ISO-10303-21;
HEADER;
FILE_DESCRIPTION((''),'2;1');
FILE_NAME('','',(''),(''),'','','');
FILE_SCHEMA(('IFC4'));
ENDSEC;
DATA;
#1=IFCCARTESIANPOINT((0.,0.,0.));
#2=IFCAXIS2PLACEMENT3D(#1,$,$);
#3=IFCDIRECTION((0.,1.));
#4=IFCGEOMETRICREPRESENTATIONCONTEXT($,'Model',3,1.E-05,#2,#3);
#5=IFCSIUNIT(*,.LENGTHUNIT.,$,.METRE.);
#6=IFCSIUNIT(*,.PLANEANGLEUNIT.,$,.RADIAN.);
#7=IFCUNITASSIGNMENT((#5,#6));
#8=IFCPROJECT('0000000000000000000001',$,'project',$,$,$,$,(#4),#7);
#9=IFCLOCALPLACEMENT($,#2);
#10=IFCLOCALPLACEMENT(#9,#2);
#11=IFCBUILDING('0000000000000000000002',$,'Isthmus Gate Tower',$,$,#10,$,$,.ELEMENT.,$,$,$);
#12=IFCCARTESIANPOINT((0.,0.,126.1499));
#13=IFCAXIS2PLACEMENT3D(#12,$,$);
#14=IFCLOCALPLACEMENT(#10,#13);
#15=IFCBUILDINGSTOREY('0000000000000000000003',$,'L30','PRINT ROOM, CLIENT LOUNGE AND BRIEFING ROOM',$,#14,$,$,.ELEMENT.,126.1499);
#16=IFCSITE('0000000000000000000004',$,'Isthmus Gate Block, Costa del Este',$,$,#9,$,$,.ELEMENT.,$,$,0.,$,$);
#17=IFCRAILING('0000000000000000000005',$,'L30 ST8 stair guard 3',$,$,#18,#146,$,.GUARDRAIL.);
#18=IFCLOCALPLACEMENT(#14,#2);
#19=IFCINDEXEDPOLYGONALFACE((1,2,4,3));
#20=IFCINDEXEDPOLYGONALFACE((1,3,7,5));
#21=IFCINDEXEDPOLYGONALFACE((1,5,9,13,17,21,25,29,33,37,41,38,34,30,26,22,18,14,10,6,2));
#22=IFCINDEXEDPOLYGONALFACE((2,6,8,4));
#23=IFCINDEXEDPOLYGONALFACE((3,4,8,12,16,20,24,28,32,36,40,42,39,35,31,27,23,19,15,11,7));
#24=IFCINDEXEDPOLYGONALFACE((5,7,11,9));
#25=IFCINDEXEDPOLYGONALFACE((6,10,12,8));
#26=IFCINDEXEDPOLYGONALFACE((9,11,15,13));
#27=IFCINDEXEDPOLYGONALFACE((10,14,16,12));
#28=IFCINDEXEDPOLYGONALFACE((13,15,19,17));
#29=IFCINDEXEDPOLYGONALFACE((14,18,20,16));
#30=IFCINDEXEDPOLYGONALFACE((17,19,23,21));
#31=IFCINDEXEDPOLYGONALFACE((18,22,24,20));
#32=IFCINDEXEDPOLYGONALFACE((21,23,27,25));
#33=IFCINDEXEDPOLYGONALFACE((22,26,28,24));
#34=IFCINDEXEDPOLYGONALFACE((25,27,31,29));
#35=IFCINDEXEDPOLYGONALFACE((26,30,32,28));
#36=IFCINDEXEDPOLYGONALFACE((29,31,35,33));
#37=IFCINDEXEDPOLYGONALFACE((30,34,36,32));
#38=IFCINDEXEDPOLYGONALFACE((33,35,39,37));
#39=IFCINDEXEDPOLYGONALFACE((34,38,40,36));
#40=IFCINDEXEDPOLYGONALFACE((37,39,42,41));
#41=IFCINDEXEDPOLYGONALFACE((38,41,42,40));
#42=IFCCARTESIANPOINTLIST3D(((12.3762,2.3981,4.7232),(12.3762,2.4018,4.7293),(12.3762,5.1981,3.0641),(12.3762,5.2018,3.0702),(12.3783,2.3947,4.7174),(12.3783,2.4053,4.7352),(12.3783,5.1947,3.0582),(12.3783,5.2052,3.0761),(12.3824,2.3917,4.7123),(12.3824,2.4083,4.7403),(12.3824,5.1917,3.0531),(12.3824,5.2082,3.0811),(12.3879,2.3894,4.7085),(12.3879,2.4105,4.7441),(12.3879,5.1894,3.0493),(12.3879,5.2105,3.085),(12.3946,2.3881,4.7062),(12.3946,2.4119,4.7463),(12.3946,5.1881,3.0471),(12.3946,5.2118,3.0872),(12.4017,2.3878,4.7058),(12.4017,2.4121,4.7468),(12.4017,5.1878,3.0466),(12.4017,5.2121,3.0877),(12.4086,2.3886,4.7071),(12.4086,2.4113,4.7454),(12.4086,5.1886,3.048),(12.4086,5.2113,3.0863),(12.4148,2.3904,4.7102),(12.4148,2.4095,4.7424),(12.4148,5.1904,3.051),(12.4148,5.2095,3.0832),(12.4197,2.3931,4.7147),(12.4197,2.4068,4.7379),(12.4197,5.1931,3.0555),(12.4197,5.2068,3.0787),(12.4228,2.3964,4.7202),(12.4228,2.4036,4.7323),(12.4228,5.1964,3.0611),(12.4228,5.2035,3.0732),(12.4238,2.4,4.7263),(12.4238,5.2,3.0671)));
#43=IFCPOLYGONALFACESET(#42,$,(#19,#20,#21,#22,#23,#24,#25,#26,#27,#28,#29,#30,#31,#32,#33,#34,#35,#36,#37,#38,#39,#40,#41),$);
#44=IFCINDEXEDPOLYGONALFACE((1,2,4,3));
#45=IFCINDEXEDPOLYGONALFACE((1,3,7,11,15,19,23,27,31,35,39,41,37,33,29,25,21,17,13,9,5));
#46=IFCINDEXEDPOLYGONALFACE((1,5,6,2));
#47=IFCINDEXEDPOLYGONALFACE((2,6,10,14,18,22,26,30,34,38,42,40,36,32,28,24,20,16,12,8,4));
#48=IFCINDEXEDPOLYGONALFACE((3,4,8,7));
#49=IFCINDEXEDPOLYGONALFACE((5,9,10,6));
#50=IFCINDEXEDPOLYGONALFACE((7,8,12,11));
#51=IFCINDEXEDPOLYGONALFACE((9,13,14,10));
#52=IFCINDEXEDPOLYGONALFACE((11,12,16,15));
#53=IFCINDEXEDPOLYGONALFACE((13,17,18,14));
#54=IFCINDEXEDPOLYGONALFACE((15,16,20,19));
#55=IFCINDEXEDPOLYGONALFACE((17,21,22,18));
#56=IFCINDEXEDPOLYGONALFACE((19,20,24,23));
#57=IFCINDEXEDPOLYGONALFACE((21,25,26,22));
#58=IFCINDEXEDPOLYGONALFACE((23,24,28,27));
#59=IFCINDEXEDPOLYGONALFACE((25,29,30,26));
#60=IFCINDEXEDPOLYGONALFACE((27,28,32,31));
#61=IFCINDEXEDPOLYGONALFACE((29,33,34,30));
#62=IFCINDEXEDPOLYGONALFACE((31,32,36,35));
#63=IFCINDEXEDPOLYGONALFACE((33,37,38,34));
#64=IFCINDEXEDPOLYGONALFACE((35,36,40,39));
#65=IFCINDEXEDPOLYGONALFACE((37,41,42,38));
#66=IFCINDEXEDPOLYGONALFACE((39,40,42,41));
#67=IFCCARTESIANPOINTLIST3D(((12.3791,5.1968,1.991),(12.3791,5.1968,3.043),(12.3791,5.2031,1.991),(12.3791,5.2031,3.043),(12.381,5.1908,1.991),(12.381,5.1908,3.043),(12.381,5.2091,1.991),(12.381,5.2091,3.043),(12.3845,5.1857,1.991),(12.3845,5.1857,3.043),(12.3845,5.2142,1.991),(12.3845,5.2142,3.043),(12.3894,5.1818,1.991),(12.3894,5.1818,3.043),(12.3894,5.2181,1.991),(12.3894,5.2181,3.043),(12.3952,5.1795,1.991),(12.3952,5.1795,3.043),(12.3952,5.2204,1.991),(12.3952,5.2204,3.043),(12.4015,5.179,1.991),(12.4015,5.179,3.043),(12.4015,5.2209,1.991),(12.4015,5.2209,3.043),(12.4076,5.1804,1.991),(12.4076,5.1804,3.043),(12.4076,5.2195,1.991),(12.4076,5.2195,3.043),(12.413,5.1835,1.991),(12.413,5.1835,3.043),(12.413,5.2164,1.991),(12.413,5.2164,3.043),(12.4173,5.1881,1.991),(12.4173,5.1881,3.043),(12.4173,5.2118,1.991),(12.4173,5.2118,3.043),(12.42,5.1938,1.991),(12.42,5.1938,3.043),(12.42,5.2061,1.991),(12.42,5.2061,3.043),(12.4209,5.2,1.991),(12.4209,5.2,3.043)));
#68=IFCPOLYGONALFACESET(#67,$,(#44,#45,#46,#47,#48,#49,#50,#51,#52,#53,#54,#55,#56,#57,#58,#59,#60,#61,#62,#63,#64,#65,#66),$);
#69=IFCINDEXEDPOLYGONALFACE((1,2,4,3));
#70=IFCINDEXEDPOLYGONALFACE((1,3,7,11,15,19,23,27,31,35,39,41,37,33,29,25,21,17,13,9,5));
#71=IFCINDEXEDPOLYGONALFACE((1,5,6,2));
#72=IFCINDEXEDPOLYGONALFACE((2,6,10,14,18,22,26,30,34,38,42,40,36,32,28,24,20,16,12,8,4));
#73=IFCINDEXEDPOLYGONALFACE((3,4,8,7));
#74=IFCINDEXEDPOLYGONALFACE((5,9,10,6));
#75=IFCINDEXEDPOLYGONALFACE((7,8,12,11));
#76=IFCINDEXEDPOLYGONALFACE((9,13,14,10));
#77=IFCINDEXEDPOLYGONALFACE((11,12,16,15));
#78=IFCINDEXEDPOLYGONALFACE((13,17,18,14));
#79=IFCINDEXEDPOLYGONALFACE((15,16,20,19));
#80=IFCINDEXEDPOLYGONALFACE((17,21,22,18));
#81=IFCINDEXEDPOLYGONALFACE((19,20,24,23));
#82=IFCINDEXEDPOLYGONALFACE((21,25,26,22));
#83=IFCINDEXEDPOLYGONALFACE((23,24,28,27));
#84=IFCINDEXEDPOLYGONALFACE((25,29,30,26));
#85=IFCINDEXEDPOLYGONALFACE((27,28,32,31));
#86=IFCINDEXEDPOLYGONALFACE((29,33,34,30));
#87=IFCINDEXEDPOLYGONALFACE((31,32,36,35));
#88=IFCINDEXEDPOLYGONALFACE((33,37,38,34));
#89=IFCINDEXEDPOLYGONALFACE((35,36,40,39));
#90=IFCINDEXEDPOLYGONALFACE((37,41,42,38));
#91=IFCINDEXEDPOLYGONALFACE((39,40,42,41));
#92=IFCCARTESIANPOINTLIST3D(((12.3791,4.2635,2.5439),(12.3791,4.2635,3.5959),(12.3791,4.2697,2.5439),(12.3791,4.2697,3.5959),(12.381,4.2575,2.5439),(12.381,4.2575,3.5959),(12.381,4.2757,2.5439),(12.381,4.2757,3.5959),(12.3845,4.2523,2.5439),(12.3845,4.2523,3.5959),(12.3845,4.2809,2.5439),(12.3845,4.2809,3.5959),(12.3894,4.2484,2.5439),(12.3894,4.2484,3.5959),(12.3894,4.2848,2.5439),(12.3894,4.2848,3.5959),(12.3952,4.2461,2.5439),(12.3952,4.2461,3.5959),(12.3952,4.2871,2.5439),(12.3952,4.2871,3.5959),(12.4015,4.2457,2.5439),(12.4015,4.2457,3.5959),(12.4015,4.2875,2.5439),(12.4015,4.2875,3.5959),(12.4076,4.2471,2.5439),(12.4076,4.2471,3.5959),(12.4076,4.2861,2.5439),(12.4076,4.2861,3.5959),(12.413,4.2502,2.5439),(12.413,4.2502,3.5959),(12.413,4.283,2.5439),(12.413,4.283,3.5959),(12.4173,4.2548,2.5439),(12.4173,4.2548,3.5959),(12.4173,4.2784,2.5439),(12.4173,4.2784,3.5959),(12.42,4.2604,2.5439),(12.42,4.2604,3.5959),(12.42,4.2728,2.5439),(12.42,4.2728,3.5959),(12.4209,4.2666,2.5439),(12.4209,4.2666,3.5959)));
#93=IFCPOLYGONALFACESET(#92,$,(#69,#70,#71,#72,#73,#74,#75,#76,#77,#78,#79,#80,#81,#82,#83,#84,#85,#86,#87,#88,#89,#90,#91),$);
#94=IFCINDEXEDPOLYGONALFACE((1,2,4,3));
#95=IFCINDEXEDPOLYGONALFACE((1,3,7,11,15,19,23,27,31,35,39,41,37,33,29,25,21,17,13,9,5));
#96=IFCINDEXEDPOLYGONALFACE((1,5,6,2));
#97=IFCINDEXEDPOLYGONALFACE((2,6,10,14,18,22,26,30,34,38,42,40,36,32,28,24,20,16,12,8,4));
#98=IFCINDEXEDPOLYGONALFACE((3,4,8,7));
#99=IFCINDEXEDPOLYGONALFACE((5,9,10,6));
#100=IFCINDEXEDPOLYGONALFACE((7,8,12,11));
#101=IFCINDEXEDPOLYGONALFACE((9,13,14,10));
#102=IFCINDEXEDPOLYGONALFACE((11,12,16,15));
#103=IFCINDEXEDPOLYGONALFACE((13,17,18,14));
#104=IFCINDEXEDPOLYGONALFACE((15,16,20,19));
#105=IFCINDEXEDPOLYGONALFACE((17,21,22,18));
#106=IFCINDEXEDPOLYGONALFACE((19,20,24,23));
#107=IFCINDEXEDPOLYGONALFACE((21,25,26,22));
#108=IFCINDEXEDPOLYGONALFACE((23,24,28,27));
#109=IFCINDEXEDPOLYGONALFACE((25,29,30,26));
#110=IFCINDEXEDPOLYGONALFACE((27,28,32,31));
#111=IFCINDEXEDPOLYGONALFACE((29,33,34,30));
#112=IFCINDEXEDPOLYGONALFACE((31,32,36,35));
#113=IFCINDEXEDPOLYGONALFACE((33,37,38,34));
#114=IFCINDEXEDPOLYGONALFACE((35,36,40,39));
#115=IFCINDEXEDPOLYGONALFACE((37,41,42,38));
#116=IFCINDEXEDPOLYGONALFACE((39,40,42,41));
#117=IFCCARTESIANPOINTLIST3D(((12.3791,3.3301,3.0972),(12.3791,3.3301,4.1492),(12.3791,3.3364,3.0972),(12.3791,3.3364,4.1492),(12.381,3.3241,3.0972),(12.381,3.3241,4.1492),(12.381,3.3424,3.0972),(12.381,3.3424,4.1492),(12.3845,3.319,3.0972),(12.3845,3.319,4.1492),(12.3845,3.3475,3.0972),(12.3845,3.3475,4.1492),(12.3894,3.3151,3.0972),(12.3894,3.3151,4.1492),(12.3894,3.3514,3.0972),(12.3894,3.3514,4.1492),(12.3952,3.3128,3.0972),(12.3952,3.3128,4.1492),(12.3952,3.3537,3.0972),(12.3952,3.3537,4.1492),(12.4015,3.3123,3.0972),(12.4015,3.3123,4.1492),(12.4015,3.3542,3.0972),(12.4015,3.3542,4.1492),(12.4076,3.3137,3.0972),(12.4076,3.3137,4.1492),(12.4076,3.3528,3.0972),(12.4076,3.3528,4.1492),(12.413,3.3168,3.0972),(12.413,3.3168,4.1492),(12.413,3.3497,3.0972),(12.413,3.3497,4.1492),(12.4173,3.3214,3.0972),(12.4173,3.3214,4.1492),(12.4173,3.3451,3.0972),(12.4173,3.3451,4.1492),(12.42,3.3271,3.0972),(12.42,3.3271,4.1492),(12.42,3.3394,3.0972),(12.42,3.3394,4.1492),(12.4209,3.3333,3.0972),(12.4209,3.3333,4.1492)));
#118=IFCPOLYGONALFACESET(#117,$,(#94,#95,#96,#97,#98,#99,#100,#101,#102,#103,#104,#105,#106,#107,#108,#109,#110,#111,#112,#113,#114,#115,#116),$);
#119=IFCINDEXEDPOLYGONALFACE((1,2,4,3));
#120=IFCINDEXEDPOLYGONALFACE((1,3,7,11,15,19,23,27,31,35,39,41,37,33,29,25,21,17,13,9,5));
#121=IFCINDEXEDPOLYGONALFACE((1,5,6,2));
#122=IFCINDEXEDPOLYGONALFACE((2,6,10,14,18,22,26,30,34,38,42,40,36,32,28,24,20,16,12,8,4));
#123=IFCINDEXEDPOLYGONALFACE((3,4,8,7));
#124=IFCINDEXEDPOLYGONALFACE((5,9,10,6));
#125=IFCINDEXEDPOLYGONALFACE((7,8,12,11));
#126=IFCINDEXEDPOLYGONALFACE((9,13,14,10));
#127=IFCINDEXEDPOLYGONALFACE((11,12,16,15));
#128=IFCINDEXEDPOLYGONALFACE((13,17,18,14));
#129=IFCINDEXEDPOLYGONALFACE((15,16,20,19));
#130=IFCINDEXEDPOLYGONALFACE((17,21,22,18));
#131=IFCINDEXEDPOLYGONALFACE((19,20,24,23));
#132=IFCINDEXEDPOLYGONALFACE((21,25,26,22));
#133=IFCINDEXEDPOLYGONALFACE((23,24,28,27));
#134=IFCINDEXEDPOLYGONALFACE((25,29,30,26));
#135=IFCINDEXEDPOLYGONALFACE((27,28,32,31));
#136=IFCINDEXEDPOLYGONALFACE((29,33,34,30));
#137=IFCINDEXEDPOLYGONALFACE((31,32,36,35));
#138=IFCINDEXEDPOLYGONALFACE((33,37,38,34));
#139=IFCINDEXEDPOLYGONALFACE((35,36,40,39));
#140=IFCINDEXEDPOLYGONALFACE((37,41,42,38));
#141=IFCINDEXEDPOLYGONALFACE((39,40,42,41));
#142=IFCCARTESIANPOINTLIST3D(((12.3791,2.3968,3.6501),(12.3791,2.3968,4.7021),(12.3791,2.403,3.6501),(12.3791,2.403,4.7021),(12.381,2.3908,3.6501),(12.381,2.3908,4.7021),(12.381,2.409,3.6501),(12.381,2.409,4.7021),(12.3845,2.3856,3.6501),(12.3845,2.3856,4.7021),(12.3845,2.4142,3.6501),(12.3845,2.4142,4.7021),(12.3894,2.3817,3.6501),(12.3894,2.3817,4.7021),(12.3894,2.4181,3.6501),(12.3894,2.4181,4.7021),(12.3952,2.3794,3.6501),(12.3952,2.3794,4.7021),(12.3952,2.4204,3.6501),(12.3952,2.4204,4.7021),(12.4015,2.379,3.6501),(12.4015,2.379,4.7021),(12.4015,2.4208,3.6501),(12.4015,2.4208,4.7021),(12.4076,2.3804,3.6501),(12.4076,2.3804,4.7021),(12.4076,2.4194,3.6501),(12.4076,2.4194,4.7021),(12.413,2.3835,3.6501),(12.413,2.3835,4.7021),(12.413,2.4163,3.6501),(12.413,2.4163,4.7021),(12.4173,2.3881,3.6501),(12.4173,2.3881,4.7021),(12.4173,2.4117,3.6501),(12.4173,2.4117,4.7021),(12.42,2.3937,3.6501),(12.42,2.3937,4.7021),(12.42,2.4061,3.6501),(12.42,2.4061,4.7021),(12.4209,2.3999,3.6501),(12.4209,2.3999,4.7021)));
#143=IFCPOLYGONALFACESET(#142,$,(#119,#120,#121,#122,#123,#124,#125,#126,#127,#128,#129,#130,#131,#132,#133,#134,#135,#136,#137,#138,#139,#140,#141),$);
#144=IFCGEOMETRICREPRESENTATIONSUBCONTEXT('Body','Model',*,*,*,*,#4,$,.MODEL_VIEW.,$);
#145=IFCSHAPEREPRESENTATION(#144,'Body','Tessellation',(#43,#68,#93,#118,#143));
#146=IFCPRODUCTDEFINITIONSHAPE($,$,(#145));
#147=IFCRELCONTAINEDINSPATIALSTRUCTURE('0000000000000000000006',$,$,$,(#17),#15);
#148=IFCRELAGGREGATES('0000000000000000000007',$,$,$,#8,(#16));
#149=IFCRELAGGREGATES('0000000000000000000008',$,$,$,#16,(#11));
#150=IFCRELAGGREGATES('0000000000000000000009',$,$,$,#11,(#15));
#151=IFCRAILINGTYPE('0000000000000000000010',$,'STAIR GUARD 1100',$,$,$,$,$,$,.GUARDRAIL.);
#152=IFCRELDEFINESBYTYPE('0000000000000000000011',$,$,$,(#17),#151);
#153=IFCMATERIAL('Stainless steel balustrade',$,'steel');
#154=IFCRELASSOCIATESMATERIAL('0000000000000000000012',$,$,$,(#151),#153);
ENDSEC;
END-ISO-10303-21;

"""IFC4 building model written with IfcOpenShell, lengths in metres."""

from ifc_helpers import new_model, si_unit, direction, frame, origin, origin_2d, place, context, subcontext, project, spatial, circle, extrude, material, type_object, element, save


model = new_model("IFC4")

# Units and contexts
model_context = context("Model", 3, precision=1e-05, world=origin(), true_north=direction((0.0, 1.0)))
body_context = subcontext(model_context, "Body", "Model", "MODEL_VIEW")
ifc_project = project(units=[si_unit("LENGTHUNIT", "METRE"), si_unit("PLANEANGLEUNIT", "RADIAN")], contexts=[model_context])

# Site, building, storey
site_placement = place(None, origin())
site = spatial("IfcSite", under=ifc_project, at=site_placement, Name="Isthmus Gate Block, Costa del Este", CompositionType="ELEMENT", RefElevation=0.0)
building_placement = place(site_placement, origin())
building = spatial("IfcBuilding", under=site, at=building_placement, Name="Isthmus Gate Tower", CompositionType="ELEMENT")
storey_placement = place(building_placement, frame((0.0, 0.0, 126.1499)))
storey = spatial("IfcBuildingStorey", under=building, at=storey_placement, Name="L30", Description="PRINT ROOM, CLIENT LOUNGE AND BRIEFING ROOM", CompositionType="ELEMENT", Elevation=126.1499)

# Railing
ifc_material_1 = material(Name="Stainless steel balustrade", Category="steel")
railing_type_1 = type_object("IfcRailingType", Name="STAIR GUARD 1100", PredefinedType="GUARDRAIL", material=ifc_material_1)
railing_1_placement = place(storey_placement, frame((12.3999, 5.2, 1.991)))
element("IfcRailing", 1, at=railing_1_placement, inside=storey, type_object=railing_type_1, Name="L30 ST8 stair guard 3", PredefinedType="GUARDRAIL", context=body_context, shape_type="SweptSolid", body=[
    extrude(circle(Radius=0.0239, at=origin_2d()), frame((0.0, 0.0, 1.0762), z_axis=(0.0, -0.860306, 0.509778), x_axis=(1.0, 0.0, 0.0)), (0.0, 0.0, 1.0), 3.2546),
    extrude(circle(Radius=0.021, at=origin_2d()), origin(), (0.0, 0.0, 1.0), 1.052),
    extrude(circle(Radius=0.021, at=origin_2d()), frame((0.0, -0.9333, 0.553)), (0.0, 0.0, 1.0), 1.052),
    extrude(circle(Radius=0.021, at=origin_2d()), frame((0.0, -1.8667, 1.1062)), (0.0, 0.0, 1.0), 1.052),
    extrude(circle(Radius=0.021, at=origin_2d()), frame((0.0, -2.8, 1.6592)), (0.0, 0.0, 1.0), 1.052),
])

save(model, "model.ifc")
